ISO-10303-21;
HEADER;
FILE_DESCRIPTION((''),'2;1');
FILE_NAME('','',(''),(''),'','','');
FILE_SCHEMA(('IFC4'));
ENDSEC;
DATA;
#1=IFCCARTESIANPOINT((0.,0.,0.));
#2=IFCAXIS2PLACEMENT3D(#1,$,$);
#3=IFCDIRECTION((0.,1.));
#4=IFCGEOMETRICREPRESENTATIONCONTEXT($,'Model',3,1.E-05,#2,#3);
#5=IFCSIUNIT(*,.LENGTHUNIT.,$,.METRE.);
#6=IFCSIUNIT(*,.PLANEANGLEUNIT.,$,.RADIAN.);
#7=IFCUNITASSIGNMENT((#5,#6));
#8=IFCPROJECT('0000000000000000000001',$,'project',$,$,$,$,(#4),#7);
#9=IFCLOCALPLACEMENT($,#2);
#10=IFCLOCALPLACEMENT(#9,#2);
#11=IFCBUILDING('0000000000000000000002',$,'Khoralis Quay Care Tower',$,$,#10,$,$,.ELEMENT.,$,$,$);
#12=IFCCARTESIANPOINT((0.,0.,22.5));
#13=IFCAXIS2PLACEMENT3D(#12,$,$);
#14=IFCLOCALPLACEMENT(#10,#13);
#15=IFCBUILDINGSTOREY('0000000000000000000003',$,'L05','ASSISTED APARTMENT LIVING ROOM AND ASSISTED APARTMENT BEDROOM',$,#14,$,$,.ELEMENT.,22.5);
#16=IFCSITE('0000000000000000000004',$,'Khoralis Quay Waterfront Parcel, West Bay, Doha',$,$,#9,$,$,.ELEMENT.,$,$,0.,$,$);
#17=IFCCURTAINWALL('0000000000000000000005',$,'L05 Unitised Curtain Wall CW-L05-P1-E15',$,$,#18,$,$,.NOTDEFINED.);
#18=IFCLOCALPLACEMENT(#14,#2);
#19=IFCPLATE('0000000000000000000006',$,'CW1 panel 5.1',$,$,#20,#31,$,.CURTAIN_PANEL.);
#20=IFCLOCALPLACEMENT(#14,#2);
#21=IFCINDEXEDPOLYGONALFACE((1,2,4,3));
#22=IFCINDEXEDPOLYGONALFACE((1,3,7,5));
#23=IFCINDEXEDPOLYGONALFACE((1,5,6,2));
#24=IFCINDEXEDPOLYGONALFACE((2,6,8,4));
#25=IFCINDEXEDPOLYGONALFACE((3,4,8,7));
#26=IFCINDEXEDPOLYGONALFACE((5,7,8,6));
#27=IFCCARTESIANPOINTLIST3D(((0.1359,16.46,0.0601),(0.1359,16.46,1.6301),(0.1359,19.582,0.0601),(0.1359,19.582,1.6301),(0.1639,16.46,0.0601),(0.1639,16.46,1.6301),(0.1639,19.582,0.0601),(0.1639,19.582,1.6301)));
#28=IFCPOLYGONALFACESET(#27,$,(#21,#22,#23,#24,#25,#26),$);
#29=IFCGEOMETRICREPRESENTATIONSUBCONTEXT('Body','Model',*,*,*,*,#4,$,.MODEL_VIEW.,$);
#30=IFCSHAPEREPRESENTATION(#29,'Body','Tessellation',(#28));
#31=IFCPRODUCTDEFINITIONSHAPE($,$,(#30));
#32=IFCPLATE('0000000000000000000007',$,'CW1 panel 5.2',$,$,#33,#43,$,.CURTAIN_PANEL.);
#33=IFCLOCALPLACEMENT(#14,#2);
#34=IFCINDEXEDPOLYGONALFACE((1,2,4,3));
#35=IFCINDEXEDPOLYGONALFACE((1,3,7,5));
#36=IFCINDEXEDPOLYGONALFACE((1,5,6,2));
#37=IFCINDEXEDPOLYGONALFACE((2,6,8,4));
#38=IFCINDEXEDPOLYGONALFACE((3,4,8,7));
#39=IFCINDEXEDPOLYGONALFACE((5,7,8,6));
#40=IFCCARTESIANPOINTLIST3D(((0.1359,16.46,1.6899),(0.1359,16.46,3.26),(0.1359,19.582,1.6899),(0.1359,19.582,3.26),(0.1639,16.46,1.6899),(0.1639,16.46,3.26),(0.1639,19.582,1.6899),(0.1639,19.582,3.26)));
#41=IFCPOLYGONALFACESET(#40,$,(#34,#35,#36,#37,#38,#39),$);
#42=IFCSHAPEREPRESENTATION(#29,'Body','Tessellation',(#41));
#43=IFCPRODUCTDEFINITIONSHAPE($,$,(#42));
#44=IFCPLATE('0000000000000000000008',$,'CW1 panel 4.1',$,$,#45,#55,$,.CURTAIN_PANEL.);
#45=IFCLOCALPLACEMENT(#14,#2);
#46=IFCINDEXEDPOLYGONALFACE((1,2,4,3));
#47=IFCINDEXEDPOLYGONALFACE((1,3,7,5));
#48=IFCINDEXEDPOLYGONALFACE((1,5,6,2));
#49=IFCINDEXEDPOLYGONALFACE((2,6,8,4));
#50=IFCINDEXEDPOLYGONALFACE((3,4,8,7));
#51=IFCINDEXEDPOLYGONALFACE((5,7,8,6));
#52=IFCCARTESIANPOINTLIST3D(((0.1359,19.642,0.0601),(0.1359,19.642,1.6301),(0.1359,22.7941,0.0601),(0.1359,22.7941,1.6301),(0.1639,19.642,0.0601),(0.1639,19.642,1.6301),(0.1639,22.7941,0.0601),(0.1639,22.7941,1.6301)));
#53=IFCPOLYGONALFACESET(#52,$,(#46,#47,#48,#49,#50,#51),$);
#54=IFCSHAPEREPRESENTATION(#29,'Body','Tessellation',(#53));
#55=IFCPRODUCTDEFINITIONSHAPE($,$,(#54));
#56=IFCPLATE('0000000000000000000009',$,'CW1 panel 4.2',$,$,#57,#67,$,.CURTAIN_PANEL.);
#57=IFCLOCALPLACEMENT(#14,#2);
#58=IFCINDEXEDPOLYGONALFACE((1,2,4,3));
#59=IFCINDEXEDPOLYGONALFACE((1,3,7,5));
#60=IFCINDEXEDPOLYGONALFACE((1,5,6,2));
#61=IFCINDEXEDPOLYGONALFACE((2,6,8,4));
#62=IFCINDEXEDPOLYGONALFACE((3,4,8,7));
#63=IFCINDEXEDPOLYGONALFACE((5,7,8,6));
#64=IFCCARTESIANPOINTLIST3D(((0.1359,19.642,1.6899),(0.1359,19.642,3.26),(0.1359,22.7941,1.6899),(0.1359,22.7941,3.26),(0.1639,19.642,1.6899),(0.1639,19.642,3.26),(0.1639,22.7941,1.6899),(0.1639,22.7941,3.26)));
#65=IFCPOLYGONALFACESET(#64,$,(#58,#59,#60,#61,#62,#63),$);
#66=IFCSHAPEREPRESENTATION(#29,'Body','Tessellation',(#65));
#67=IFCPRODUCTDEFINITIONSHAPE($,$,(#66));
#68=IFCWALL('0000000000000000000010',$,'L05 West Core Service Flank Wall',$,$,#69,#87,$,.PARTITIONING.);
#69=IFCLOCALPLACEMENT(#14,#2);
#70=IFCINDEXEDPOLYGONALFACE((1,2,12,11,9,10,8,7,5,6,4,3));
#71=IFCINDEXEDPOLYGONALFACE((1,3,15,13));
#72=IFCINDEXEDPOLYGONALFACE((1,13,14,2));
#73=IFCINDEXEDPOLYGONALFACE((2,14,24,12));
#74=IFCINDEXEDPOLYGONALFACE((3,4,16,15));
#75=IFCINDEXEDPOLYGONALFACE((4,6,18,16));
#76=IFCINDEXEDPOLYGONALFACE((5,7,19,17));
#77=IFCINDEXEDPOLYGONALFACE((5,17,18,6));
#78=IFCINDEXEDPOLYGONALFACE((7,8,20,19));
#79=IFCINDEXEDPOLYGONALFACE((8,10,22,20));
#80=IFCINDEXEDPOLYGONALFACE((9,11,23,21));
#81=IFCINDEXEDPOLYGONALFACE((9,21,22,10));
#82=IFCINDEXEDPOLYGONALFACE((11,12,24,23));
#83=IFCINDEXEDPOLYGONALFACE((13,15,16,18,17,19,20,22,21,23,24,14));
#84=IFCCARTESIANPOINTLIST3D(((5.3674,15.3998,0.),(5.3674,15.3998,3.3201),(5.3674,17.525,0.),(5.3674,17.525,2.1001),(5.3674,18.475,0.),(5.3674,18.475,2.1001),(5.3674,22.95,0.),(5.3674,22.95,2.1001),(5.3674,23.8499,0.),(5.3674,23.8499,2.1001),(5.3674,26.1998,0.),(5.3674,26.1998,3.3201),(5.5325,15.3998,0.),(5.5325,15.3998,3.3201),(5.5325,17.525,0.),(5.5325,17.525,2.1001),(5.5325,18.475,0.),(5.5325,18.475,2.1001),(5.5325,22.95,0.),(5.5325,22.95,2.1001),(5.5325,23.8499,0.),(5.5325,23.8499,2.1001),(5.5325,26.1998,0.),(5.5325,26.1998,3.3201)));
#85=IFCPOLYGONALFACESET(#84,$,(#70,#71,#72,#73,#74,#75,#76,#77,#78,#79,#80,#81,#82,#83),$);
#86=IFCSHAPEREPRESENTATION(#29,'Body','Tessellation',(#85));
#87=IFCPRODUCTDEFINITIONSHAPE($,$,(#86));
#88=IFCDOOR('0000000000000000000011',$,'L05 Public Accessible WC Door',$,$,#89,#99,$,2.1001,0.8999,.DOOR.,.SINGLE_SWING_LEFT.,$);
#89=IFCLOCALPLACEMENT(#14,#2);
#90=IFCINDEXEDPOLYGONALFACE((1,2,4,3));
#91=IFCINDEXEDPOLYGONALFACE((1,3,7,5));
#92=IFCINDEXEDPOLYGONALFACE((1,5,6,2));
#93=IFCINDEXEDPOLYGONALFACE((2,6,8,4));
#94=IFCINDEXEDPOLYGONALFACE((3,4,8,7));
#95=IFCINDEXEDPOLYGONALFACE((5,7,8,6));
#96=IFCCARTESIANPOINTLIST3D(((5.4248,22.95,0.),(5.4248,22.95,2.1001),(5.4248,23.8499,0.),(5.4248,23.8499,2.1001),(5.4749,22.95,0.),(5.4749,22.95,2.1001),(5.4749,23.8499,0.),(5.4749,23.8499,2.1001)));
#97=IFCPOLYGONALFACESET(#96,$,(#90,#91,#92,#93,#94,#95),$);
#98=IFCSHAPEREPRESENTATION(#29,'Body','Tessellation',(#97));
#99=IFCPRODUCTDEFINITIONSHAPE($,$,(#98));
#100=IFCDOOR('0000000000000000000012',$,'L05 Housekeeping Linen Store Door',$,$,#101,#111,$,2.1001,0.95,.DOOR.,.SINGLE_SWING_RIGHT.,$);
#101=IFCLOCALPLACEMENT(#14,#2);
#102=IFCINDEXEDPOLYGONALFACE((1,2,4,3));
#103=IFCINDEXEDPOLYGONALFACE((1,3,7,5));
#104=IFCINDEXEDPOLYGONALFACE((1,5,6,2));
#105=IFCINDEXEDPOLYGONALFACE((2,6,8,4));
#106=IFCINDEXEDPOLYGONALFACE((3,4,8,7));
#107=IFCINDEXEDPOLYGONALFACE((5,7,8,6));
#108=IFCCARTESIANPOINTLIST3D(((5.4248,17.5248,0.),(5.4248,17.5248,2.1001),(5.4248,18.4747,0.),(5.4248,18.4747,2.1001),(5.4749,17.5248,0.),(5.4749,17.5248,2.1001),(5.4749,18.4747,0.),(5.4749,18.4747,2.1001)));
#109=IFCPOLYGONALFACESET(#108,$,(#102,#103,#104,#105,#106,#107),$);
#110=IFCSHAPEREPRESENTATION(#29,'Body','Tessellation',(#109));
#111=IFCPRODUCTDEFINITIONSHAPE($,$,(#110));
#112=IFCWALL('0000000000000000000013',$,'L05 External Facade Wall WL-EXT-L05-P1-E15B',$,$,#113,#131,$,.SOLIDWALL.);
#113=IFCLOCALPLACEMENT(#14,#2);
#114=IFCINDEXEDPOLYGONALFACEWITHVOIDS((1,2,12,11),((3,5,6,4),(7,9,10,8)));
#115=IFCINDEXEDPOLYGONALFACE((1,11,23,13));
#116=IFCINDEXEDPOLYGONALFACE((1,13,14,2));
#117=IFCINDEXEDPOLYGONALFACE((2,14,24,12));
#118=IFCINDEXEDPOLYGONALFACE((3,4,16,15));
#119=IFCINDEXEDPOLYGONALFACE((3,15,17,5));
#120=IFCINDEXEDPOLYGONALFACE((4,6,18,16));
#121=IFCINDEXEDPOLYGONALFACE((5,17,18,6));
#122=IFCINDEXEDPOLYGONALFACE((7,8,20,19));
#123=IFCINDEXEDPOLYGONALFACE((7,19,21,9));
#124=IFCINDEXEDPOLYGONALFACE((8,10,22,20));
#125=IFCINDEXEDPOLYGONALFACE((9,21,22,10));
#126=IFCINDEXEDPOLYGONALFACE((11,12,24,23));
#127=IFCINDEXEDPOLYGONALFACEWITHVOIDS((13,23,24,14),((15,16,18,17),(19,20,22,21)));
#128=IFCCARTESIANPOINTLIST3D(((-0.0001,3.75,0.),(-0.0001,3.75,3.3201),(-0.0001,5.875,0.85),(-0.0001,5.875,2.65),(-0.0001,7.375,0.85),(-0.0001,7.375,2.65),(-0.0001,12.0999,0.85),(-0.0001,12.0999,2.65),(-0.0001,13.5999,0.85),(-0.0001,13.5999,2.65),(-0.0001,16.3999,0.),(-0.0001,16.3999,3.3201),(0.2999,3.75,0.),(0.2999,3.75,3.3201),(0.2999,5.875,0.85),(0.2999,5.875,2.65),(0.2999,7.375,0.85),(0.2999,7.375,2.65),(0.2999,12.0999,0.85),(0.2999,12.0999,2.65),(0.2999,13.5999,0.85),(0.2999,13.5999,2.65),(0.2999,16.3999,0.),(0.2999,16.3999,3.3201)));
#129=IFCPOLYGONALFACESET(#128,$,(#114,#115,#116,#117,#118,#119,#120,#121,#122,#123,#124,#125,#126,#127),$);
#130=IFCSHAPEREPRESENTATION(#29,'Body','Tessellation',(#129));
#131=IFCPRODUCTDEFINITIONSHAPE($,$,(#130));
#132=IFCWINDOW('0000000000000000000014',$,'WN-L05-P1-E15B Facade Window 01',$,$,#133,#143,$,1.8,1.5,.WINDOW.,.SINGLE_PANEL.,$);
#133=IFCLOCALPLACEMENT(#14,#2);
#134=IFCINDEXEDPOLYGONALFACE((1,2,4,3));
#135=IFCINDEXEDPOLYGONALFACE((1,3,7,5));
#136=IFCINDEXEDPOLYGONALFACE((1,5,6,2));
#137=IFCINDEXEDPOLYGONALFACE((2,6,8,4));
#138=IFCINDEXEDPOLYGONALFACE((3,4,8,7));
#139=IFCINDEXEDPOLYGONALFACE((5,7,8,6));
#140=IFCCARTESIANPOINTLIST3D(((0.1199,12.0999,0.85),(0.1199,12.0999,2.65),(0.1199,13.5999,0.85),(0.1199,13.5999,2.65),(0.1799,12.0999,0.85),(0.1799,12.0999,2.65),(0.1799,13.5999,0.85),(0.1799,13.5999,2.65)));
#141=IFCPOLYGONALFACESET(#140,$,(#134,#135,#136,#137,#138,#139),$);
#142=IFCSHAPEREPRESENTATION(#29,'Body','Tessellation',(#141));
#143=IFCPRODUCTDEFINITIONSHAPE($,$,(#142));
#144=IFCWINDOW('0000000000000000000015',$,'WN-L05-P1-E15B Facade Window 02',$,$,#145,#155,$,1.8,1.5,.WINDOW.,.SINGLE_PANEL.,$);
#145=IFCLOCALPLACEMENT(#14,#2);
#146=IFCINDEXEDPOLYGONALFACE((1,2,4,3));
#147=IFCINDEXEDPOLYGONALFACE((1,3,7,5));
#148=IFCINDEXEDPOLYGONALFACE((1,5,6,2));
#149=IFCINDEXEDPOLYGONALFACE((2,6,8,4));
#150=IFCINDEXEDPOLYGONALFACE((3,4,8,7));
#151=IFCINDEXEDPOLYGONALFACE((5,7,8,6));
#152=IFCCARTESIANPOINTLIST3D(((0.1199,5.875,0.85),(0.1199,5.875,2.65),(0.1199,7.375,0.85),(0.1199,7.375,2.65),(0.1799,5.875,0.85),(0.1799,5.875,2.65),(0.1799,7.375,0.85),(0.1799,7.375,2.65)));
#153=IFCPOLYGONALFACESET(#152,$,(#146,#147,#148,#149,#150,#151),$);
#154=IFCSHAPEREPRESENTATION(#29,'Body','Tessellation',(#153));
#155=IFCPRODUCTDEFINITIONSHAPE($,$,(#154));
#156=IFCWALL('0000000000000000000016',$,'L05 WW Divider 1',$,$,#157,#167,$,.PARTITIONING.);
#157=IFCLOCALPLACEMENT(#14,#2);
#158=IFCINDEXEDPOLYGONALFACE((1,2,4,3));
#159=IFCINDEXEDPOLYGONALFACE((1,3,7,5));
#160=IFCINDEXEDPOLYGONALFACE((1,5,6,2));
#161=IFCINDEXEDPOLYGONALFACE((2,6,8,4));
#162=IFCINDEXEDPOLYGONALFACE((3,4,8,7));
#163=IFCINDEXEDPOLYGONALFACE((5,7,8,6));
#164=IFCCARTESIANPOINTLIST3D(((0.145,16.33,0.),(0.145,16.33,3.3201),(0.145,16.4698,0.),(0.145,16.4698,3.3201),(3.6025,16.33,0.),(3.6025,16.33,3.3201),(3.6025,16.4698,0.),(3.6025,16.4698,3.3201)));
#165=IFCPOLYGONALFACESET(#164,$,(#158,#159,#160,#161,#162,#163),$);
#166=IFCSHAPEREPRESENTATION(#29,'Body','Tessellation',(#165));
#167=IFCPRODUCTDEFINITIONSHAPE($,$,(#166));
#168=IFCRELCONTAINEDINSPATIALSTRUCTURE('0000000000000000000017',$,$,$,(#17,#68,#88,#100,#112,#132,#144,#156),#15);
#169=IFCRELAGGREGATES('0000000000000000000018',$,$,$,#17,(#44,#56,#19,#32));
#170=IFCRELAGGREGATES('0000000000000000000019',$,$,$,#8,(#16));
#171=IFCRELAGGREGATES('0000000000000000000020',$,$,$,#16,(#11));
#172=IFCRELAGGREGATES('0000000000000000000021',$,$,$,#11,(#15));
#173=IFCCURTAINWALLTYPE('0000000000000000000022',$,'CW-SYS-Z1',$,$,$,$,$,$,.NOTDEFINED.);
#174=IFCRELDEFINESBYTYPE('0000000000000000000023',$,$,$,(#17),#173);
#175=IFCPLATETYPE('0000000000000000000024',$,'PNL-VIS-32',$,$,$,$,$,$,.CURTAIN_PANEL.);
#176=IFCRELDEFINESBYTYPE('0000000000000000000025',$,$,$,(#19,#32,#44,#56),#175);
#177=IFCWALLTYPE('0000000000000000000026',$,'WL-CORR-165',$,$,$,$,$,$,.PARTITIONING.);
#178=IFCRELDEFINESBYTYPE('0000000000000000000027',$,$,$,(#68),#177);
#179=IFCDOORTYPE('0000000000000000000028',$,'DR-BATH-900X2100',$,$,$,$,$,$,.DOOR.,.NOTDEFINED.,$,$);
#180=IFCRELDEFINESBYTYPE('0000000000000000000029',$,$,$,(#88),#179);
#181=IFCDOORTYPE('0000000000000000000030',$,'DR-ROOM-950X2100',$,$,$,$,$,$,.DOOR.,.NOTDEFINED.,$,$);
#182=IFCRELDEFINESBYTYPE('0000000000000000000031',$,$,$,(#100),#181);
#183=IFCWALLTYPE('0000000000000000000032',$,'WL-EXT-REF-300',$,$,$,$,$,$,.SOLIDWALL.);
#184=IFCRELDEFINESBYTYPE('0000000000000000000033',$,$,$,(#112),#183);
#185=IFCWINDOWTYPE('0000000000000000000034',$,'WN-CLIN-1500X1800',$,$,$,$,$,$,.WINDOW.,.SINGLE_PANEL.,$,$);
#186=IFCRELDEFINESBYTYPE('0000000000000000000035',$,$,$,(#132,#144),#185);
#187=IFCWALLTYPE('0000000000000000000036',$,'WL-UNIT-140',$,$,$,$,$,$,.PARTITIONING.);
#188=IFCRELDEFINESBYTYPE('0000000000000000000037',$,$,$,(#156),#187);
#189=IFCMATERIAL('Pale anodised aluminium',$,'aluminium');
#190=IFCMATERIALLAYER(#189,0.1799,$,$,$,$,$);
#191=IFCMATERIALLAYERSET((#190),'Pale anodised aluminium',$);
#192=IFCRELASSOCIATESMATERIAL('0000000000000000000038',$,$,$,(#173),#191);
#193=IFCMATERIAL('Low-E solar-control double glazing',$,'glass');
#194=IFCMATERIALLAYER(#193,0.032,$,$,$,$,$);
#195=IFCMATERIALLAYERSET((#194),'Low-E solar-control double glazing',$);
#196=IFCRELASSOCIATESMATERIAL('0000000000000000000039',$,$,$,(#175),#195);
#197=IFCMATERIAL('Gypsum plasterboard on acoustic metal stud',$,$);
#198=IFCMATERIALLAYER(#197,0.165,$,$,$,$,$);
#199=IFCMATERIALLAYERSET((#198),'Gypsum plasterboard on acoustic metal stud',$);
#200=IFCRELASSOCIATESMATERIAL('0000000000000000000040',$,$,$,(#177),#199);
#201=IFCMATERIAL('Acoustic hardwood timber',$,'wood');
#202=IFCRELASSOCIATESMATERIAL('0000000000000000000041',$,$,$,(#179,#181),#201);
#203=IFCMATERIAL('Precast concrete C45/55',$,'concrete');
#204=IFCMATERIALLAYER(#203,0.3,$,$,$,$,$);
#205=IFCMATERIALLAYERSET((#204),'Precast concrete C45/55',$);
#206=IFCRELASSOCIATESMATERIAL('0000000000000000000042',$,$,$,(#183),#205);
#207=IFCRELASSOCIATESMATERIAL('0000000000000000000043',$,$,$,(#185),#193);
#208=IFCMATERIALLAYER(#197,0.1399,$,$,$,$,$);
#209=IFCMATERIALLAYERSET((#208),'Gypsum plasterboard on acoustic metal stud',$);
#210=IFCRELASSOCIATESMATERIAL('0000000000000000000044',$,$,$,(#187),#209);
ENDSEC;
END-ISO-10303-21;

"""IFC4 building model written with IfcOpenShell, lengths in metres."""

from ifc_helpers import new_model, si_unit, direction, frame, frame_2d, origin, origin_2d, place, context, subcontext, project, spatial, rectangle, extrude, source, transform, mapped, material, layer, layer_set, type_object, element, fill, aggregate, save


model = new_model("IFC4")

# Units and contexts
model_context = context("Model", 3, precision=1e-05, world=origin(), true_north=direction((0.0, 1.0)))
body_context = subcontext(model_context, "Body", "Model", "MODEL_VIEW")
ifc_project = project(units=[si_unit("LENGTHUNIT", "METRE"), si_unit("PLANEANGLEUNIT", "RADIAN")], contexts=[model_context])

# Site, building, storey
site_placement = place(None, origin())
site = spatial("IfcSite", under=ifc_project, at=site_placement, Name="Khoralis Quay Waterfront Parcel, West Bay, Doha", CompositionType="ELEMENT", RefElevation=0.0)
building_placement = place(site_placement, origin())
building = spatial("IfcBuilding", under=site, at=building_placement, Name="Khoralis Quay Care Tower", CompositionType="ELEMENT")
storey_placement = place(building_placement, frame((0.0, 0.0, 22.5)))
storey = spatial("IfcBuildingStorey", under=building, at=storey_placement, Name="L05", Description="ASSISTED APARTMENT LIVING ROOM AND ASSISTED APARTMENT BEDROOM", CompositionType="ELEMENT", Elevation=22.5)

# Curtain wall, plates
ifc_material_1 = material(Name="Pale anodised aluminium", Category="aluminium")
ifc_layer_1 = layer(ifc_material_1, 0.1799)
ifc_layer_set_1 = layer_set([ifc_layer_1], Name="Pale anodised aluminium")
curtain_wall_type = type_object("IfcCurtainWallType", Name="CW-SYS-Z1", PredefinedType="NOTDEFINED", material=ifc_layer_set_1)
curtain_wall_placement = place(storey_placement, origin())
curtain_wall = element("IfcCurtainWall", 1, at=curtain_wall_placement, inside=storey, type_object=curtain_wall_type, Name="L05 Unitised Curtain Wall CW-L05-P1-E15", PredefinedType="NOTDEFINED")
ifc_material_2 = material(Name="Low-E solar-control double glazing", Category="glass")
ifc_layer_2 = layer(ifc_material_2, 0.032)
ifc_layer_set_2 = layer_set([ifc_layer_2], Name="Low-E solar-control double glazing")
plate_type = type_object("IfcPlateType", Name="PNL-VIS-32", PredefinedType="CURTAIN_PANEL", material=ifc_layer_set_2)
shared_shape_1 = source(origin(), body_context, "Body", "SweptSolid", [
    extrude(rectangle(XDim=3.1221, YDim=0.0281, at=origin_2d()), origin(), (0.0, 0.0, 1.0), 1.5701),
])
plate_1_placement = place(storey_placement, frame((0.1499, 18.021, 0.0601), z_axis=(0.0, 0.0, 1.0), x_axis=(0.0, -1.0, 0.0)))
plate_1 = element("IfcPlate", 2, at=plate_1_placement, type_object=plate_type, Name="CW1 panel 5.1", PredefinedType="CURTAIN_PANEL", context=body_context, shape_type="MappedRepresentation", body=[
    mapped(shared_shape_1, transform((0.0, 0.0, 0.0), scale=1.0)),
])
plate_2_placement = place(storey_placement, frame((0.1499, 18.021, 1.6899), z_axis=(0.0, 0.0, 1.0), x_axis=(0.0, -1.0, 0.0)))
plate_2 = element("IfcPlate", 3, at=plate_2_placement, type_object=plate_type, Name="CW1 panel 5.2", PredefinedType="CURTAIN_PANEL", context=body_context, shape_type="MappedRepresentation", body=[
    mapped(shared_shape_1, transform((0.0, 0.0, 0.0), scale=1.0)),
])
shared_shape_2 = source(origin(), body_context, "Body", "SweptSolid", [
    extrude(rectangle(XDim=3.1521, YDim=0.0281, at=origin_2d()), origin(), (0.0, 0.0, 1.0), 1.5701),
])
plate_3_placement = place(storey_placement, frame((0.1499, 21.218, 0.0601), z_axis=(0.0, 0.0, 1.0), x_axis=(0.0, -1.0, 0.0)))
plate_3 = element("IfcPlate", 4, at=plate_3_placement, type_object=plate_type, Name="CW1 panel 4.1", PredefinedType="CURTAIN_PANEL", context=body_context, shape_type="MappedRepresentation", body=[
    mapped(shared_shape_2, transform((0.0, 0.0, 0.0), scale=1.0)),
])
plate_4_placement = place(storey_placement, frame((0.1499, 21.218, 1.6899), z_axis=(0.0, 0.0, 1.0), x_axis=(0.0, -1.0, 0.0)))
plate_4 = element("IfcPlate", 5, at=plate_4_placement, type_object=plate_type, Name="CW1 panel 4.2", PredefinedType="CURTAIN_PANEL", context=body_context, shape_type="MappedRepresentation", body=[
    mapped(shared_shape_2, transform((0.0, 0.0, 0.0), scale=1.0)),
])
aggregate(curtain_wall, [plate_3, plate_4, plate_1, plate_2])

# Wall, openings, doors
ifc_material_3 = material(Name="Gypsum plasterboard on acoustic metal stud")
ifc_layer_3 = layer(ifc_material_3, 0.165)
ifc_layer_set_3 = layer_set([ifc_layer_3], Name="Gypsum plasterboard on acoustic metal stud")
wall_type_1 = type_object("IfcWallType", Name="WL-CORR-165", PredefinedType="PARTITIONING", material=ifc_layer_set_3)
wall_1_placement = place(storey_placement, frame((5.45, 15.3999, 0.0), z_axis=(0.0, 0.0, 1.0), x_axis=(0.0, 1.0, 0.0)))
wall_1 = element("IfcWall", 6, at=wall_1_placement, inside=storey, type_object=wall_type_1, Name="L05 West Core Service Flank Wall", PredefinedType="PARTITIONING", context=body_context, shape_type="SweptSolid", body=[
    extrude(rectangle(XDim=10.8, YDim=0.165, at=frame_2d((5.3999, 0.0))), origin(), (0.0, 0.0, 1.0), 3.3201),
])
opening_1_placement = place(wall_1_placement, frame((2.125, 0.0, 0.0)))
opening_1 = element("IfcOpeningElement", 7, at=opening_1_placement, cuts=wall_1, PredefinedType="OPENING", context=body_context, shape_type="SweptSolid", body=[
    extrude(rectangle(XDim=0.95, YDim=2.1001, at=frame_2d((0.4751, 1.05))), frame((0.0, 0.0925, 0.0), z_axis=(0.0, -1.0, 0.0), x_axis=(1.0, 0.0, 0.0)), (0.0, 0.0, 1.0), 0.1851),
])
opening_2_placement = place(wall_1_placement, frame((7.55, 0.0, 0.0)))
opening_2 = element("IfcOpeningElement", 8, at=opening_2_placement, cuts=wall_1, PredefinedType="OPENING", context=body_context, shape_type="SweptSolid", body=[
    extrude(rectangle(XDim=0.8999, YDim=2.1001, at=frame_2d((0.45, 1.05))), frame((0.0, 0.0925, 0.0), z_axis=(0.0, -1.0, 0.0), x_axis=(1.0, 0.0, 0.0)), (0.0, 0.0, 1.0), 0.1851),
])
ifc_material_4 = material(Name="Acoustic hardwood timber", Category="wood")
door_type_1 = type_object("IfcDoorType", Name="DR-BATH-900X2100", OperationType="NOTDEFINED", PredefinedType="DOOR", material=ifc_material_4)
shared_shape_3 = source(origin(), body_context, "Body", "SweptSolid", [
    extrude(rectangle(XDim=0.8999, YDim=2.1001, at=frame_2d((0.45, 1.05))), frame((0.0, 0.0249, 0.0), z_axis=(0.0, -1.0, 0.0), x_axis=(1.0, 0.0, 0.0)), (0.0, 0.0, 1.0), 0.05),
])
door_1_placement = place(opening_2_placement, frame((0.8999, 0.0, 0.0), z_axis=(0.0, 0.0, 1.0), x_axis=(-1.0, 0.0, 0.0)))
door_1 = element("IfcDoor", 9, at=door_1_placement, inside=storey, type_object=door_type_1, Name="L05 Public Accessible WC Door", OperationType="SINGLE_SWING_LEFT", OverallHeight=2.1001, OverallWidth=0.8999, PredefinedType="DOOR", context=body_context, shape_type="MappedRepresentation", body=[
    mapped(shared_shape_3, transform((0.0, 0.0, 0.0), scale=1.0)),
])
fill(opening_2, door_1)
door_type_2 = type_object("IfcDoorType", Name="DR-ROOM-950X2100", OperationType="NOTDEFINED", PredefinedType="DOOR", material=ifc_material_4)
shared_shape_4 = source(origin(), body_context, "Body", "SweptSolid", [
    extrude(rectangle(XDim=0.95, YDim=2.1001, at=frame_2d((0.4751, 1.05))), frame((0.0, 0.0249, 0.0), z_axis=(0.0, -1.0, 0.0), x_axis=(1.0, 0.0, 0.0)), (0.0, 0.0, 1.0), 0.05),
])
door_2_placement = place(opening_1_placement, frame((0.95, 0.0, 0.0), z_axis=(0.0, 0.0, 1.0), x_axis=(-1.0, 0.0, 0.0)))
door_2 = element("IfcDoor", 10, at=door_2_placement, inside=storey, type_object=door_type_2, Name="L05 Housekeeping Linen Store Door", OperationType="SINGLE_SWING_RIGHT", OverallHeight=2.1001, OverallWidth=0.95, PredefinedType="DOOR", context=body_context, shape_type="MappedRepresentation", body=[
    mapped(shared_shape_4, transform((0.0, 0.0, 0.0), scale=1.0)),
])
fill(opening_1, door_2)

# Wall, openings, windows
ifc_material_5 = material(Name="Precast concrete C45/55", Category="concrete")
ifc_layer_4 = layer(ifc_material_5, 0.3)
ifc_layer_set_4 = layer_set([ifc_layer_4], Name="Precast concrete C45/55")
wall_type_2 = type_object("IfcWallType", Name="WL-EXT-REF-300", PredefinedType="SOLIDWALL", material=ifc_layer_set_4)
wall_2_placement = place(storey_placement, frame((0.1499, 16.3999, 0.0), z_axis=(0.0, 0.0, 1.0), x_axis=(0.0, -1.0, 0.0)))
wall_2 = element("IfcWall", 11, at=wall_2_placement, inside=storey, type_object=wall_type_2, Name="L05 External Facade Wall WL-EXT-L05-P1-E15B", PredefinedType="SOLIDWALL", context=body_context, shape_type="SweptSolid", body=[
    extrude(rectangle(XDim=12.6499, YDim=0.3, at=frame_2d((6.325, 0.0))), origin(), (0.0, 0.0, 1.0), 3.3201),
])
opening_3_placement = place(wall_2_placement, frame((2.8, 0.0, 0.8501)))
opening_3 = element("IfcOpeningElement", 12, at=opening_3_placement, cuts=wall_2, PredefinedType="OPENING", context=body_context, shape_type="SweptSolid", body=[
    extrude(rectangle(XDim=1.5, YDim=1.8, at=frame_2d((0.75, 0.8999))), frame((0.0, 0.1602, 0.0), z_axis=(0.0, -1.0, 0.0), x_axis=(1.0, 0.0, 0.0)), (0.0, 0.0, 1.0), 0.3201),
])
opening_4_placement = place(wall_2_placement, frame((9.0249, 0.0, 0.8501)))
opening_4 = element("IfcOpeningElement", 13, at=opening_4_placement, cuts=wall_2, PredefinedType="OPENING", context=body_context, shape_type="SweptSolid", body=[
    extrude(rectangle(XDim=1.5, YDim=1.8, at=frame_2d((0.75, 0.8999))), frame((0.0, 0.1602, 0.0), z_axis=(0.0, -1.0, 0.0), x_axis=(1.0, 0.0, 0.0)), (0.0, 0.0, 1.0), 0.3201),
])
window_type = type_object("IfcWindowType", Name="WN-CLIN-1500X1800", PartitioningType="SINGLE_PANEL", PredefinedType="WINDOW", material=ifc_material_2)
shared_shape_5 = source(origin(), body_context, "Body", "SweptSolid", [
    extrude(rectangle(XDim=1.5, YDim=1.8, at=frame_2d((0.75, 0.8999))), frame((0.0, 0.03, 0.0), z_axis=(0.0, -1.0, 0.0), x_axis=(1.0, 0.0, 0.0)), (0.0, 0.0, 1.0), 0.0601),
])
window_1_placement = place(opening_3_placement, origin())
window_1 = element("IfcWindow", 14, at=window_1_placement, inside=storey, type_object=window_type, Name="WN-L05-P1-E15B Facade Window 01", OverallHeight=1.8, OverallWidth=1.5, PartitioningType="SINGLE_PANEL", PredefinedType="WINDOW", context=body_context, shape_type="MappedRepresentation", body=[
    mapped(shared_shape_5, transform((0.0, 0.0, 0.0), scale=1.0)),
])
fill(opening_3, window_1)
window_2_placement = place(opening_4_placement, origin())
window_2 = element("IfcWindow", 15, at=window_2_placement, inside=storey, type_object=window_type, Name="WN-L05-P1-E15B Facade Window 02", OverallHeight=1.8, OverallWidth=1.5, PartitioningType="SINGLE_PANEL", PredefinedType="WINDOW", context=body_context, shape_type="MappedRepresentation", body=[
    mapped(shared_shape_5, transform((0.0, 0.0, 0.0), scale=1.0)),
])
fill(opening_4, window_2)

# Wall
ifc_layer_5 = layer(ifc_material_3, 0.1399)
ifc_layer_set_5 = layer_set([ifc_layer_5], Name="Gypsum plasterboard on acoustic metal stud")
wall_type_3 = type_object("IfcWallType", Name="WL-UNIT-140", PredefinedType="PARTITIONING", material=ifc_layer_set_5)
wall_3_placement = place(storey_placement, frame((0.145, 16.3999, 0.0), z_axis=(0.0, 0.0, 1.0), x_axis=(1.0, 0.0, 0.0)))
element("IfcWall", 16, at=wall_3_placement, inside=storey, type_object=wall_type_3, Name="L05 WW Divider 1", PredefinedType="PARTITIONING", context=body_context, shape_type="SweptSolid", body=[
    extrude(rectangle(XDim=3.4575, YDim=0.1399, at=frame_2d((1.7288, 0.0))), origin(), (0.0, 0.0, 1.0), 3.3201),
])

save(model, "model.ifc")
